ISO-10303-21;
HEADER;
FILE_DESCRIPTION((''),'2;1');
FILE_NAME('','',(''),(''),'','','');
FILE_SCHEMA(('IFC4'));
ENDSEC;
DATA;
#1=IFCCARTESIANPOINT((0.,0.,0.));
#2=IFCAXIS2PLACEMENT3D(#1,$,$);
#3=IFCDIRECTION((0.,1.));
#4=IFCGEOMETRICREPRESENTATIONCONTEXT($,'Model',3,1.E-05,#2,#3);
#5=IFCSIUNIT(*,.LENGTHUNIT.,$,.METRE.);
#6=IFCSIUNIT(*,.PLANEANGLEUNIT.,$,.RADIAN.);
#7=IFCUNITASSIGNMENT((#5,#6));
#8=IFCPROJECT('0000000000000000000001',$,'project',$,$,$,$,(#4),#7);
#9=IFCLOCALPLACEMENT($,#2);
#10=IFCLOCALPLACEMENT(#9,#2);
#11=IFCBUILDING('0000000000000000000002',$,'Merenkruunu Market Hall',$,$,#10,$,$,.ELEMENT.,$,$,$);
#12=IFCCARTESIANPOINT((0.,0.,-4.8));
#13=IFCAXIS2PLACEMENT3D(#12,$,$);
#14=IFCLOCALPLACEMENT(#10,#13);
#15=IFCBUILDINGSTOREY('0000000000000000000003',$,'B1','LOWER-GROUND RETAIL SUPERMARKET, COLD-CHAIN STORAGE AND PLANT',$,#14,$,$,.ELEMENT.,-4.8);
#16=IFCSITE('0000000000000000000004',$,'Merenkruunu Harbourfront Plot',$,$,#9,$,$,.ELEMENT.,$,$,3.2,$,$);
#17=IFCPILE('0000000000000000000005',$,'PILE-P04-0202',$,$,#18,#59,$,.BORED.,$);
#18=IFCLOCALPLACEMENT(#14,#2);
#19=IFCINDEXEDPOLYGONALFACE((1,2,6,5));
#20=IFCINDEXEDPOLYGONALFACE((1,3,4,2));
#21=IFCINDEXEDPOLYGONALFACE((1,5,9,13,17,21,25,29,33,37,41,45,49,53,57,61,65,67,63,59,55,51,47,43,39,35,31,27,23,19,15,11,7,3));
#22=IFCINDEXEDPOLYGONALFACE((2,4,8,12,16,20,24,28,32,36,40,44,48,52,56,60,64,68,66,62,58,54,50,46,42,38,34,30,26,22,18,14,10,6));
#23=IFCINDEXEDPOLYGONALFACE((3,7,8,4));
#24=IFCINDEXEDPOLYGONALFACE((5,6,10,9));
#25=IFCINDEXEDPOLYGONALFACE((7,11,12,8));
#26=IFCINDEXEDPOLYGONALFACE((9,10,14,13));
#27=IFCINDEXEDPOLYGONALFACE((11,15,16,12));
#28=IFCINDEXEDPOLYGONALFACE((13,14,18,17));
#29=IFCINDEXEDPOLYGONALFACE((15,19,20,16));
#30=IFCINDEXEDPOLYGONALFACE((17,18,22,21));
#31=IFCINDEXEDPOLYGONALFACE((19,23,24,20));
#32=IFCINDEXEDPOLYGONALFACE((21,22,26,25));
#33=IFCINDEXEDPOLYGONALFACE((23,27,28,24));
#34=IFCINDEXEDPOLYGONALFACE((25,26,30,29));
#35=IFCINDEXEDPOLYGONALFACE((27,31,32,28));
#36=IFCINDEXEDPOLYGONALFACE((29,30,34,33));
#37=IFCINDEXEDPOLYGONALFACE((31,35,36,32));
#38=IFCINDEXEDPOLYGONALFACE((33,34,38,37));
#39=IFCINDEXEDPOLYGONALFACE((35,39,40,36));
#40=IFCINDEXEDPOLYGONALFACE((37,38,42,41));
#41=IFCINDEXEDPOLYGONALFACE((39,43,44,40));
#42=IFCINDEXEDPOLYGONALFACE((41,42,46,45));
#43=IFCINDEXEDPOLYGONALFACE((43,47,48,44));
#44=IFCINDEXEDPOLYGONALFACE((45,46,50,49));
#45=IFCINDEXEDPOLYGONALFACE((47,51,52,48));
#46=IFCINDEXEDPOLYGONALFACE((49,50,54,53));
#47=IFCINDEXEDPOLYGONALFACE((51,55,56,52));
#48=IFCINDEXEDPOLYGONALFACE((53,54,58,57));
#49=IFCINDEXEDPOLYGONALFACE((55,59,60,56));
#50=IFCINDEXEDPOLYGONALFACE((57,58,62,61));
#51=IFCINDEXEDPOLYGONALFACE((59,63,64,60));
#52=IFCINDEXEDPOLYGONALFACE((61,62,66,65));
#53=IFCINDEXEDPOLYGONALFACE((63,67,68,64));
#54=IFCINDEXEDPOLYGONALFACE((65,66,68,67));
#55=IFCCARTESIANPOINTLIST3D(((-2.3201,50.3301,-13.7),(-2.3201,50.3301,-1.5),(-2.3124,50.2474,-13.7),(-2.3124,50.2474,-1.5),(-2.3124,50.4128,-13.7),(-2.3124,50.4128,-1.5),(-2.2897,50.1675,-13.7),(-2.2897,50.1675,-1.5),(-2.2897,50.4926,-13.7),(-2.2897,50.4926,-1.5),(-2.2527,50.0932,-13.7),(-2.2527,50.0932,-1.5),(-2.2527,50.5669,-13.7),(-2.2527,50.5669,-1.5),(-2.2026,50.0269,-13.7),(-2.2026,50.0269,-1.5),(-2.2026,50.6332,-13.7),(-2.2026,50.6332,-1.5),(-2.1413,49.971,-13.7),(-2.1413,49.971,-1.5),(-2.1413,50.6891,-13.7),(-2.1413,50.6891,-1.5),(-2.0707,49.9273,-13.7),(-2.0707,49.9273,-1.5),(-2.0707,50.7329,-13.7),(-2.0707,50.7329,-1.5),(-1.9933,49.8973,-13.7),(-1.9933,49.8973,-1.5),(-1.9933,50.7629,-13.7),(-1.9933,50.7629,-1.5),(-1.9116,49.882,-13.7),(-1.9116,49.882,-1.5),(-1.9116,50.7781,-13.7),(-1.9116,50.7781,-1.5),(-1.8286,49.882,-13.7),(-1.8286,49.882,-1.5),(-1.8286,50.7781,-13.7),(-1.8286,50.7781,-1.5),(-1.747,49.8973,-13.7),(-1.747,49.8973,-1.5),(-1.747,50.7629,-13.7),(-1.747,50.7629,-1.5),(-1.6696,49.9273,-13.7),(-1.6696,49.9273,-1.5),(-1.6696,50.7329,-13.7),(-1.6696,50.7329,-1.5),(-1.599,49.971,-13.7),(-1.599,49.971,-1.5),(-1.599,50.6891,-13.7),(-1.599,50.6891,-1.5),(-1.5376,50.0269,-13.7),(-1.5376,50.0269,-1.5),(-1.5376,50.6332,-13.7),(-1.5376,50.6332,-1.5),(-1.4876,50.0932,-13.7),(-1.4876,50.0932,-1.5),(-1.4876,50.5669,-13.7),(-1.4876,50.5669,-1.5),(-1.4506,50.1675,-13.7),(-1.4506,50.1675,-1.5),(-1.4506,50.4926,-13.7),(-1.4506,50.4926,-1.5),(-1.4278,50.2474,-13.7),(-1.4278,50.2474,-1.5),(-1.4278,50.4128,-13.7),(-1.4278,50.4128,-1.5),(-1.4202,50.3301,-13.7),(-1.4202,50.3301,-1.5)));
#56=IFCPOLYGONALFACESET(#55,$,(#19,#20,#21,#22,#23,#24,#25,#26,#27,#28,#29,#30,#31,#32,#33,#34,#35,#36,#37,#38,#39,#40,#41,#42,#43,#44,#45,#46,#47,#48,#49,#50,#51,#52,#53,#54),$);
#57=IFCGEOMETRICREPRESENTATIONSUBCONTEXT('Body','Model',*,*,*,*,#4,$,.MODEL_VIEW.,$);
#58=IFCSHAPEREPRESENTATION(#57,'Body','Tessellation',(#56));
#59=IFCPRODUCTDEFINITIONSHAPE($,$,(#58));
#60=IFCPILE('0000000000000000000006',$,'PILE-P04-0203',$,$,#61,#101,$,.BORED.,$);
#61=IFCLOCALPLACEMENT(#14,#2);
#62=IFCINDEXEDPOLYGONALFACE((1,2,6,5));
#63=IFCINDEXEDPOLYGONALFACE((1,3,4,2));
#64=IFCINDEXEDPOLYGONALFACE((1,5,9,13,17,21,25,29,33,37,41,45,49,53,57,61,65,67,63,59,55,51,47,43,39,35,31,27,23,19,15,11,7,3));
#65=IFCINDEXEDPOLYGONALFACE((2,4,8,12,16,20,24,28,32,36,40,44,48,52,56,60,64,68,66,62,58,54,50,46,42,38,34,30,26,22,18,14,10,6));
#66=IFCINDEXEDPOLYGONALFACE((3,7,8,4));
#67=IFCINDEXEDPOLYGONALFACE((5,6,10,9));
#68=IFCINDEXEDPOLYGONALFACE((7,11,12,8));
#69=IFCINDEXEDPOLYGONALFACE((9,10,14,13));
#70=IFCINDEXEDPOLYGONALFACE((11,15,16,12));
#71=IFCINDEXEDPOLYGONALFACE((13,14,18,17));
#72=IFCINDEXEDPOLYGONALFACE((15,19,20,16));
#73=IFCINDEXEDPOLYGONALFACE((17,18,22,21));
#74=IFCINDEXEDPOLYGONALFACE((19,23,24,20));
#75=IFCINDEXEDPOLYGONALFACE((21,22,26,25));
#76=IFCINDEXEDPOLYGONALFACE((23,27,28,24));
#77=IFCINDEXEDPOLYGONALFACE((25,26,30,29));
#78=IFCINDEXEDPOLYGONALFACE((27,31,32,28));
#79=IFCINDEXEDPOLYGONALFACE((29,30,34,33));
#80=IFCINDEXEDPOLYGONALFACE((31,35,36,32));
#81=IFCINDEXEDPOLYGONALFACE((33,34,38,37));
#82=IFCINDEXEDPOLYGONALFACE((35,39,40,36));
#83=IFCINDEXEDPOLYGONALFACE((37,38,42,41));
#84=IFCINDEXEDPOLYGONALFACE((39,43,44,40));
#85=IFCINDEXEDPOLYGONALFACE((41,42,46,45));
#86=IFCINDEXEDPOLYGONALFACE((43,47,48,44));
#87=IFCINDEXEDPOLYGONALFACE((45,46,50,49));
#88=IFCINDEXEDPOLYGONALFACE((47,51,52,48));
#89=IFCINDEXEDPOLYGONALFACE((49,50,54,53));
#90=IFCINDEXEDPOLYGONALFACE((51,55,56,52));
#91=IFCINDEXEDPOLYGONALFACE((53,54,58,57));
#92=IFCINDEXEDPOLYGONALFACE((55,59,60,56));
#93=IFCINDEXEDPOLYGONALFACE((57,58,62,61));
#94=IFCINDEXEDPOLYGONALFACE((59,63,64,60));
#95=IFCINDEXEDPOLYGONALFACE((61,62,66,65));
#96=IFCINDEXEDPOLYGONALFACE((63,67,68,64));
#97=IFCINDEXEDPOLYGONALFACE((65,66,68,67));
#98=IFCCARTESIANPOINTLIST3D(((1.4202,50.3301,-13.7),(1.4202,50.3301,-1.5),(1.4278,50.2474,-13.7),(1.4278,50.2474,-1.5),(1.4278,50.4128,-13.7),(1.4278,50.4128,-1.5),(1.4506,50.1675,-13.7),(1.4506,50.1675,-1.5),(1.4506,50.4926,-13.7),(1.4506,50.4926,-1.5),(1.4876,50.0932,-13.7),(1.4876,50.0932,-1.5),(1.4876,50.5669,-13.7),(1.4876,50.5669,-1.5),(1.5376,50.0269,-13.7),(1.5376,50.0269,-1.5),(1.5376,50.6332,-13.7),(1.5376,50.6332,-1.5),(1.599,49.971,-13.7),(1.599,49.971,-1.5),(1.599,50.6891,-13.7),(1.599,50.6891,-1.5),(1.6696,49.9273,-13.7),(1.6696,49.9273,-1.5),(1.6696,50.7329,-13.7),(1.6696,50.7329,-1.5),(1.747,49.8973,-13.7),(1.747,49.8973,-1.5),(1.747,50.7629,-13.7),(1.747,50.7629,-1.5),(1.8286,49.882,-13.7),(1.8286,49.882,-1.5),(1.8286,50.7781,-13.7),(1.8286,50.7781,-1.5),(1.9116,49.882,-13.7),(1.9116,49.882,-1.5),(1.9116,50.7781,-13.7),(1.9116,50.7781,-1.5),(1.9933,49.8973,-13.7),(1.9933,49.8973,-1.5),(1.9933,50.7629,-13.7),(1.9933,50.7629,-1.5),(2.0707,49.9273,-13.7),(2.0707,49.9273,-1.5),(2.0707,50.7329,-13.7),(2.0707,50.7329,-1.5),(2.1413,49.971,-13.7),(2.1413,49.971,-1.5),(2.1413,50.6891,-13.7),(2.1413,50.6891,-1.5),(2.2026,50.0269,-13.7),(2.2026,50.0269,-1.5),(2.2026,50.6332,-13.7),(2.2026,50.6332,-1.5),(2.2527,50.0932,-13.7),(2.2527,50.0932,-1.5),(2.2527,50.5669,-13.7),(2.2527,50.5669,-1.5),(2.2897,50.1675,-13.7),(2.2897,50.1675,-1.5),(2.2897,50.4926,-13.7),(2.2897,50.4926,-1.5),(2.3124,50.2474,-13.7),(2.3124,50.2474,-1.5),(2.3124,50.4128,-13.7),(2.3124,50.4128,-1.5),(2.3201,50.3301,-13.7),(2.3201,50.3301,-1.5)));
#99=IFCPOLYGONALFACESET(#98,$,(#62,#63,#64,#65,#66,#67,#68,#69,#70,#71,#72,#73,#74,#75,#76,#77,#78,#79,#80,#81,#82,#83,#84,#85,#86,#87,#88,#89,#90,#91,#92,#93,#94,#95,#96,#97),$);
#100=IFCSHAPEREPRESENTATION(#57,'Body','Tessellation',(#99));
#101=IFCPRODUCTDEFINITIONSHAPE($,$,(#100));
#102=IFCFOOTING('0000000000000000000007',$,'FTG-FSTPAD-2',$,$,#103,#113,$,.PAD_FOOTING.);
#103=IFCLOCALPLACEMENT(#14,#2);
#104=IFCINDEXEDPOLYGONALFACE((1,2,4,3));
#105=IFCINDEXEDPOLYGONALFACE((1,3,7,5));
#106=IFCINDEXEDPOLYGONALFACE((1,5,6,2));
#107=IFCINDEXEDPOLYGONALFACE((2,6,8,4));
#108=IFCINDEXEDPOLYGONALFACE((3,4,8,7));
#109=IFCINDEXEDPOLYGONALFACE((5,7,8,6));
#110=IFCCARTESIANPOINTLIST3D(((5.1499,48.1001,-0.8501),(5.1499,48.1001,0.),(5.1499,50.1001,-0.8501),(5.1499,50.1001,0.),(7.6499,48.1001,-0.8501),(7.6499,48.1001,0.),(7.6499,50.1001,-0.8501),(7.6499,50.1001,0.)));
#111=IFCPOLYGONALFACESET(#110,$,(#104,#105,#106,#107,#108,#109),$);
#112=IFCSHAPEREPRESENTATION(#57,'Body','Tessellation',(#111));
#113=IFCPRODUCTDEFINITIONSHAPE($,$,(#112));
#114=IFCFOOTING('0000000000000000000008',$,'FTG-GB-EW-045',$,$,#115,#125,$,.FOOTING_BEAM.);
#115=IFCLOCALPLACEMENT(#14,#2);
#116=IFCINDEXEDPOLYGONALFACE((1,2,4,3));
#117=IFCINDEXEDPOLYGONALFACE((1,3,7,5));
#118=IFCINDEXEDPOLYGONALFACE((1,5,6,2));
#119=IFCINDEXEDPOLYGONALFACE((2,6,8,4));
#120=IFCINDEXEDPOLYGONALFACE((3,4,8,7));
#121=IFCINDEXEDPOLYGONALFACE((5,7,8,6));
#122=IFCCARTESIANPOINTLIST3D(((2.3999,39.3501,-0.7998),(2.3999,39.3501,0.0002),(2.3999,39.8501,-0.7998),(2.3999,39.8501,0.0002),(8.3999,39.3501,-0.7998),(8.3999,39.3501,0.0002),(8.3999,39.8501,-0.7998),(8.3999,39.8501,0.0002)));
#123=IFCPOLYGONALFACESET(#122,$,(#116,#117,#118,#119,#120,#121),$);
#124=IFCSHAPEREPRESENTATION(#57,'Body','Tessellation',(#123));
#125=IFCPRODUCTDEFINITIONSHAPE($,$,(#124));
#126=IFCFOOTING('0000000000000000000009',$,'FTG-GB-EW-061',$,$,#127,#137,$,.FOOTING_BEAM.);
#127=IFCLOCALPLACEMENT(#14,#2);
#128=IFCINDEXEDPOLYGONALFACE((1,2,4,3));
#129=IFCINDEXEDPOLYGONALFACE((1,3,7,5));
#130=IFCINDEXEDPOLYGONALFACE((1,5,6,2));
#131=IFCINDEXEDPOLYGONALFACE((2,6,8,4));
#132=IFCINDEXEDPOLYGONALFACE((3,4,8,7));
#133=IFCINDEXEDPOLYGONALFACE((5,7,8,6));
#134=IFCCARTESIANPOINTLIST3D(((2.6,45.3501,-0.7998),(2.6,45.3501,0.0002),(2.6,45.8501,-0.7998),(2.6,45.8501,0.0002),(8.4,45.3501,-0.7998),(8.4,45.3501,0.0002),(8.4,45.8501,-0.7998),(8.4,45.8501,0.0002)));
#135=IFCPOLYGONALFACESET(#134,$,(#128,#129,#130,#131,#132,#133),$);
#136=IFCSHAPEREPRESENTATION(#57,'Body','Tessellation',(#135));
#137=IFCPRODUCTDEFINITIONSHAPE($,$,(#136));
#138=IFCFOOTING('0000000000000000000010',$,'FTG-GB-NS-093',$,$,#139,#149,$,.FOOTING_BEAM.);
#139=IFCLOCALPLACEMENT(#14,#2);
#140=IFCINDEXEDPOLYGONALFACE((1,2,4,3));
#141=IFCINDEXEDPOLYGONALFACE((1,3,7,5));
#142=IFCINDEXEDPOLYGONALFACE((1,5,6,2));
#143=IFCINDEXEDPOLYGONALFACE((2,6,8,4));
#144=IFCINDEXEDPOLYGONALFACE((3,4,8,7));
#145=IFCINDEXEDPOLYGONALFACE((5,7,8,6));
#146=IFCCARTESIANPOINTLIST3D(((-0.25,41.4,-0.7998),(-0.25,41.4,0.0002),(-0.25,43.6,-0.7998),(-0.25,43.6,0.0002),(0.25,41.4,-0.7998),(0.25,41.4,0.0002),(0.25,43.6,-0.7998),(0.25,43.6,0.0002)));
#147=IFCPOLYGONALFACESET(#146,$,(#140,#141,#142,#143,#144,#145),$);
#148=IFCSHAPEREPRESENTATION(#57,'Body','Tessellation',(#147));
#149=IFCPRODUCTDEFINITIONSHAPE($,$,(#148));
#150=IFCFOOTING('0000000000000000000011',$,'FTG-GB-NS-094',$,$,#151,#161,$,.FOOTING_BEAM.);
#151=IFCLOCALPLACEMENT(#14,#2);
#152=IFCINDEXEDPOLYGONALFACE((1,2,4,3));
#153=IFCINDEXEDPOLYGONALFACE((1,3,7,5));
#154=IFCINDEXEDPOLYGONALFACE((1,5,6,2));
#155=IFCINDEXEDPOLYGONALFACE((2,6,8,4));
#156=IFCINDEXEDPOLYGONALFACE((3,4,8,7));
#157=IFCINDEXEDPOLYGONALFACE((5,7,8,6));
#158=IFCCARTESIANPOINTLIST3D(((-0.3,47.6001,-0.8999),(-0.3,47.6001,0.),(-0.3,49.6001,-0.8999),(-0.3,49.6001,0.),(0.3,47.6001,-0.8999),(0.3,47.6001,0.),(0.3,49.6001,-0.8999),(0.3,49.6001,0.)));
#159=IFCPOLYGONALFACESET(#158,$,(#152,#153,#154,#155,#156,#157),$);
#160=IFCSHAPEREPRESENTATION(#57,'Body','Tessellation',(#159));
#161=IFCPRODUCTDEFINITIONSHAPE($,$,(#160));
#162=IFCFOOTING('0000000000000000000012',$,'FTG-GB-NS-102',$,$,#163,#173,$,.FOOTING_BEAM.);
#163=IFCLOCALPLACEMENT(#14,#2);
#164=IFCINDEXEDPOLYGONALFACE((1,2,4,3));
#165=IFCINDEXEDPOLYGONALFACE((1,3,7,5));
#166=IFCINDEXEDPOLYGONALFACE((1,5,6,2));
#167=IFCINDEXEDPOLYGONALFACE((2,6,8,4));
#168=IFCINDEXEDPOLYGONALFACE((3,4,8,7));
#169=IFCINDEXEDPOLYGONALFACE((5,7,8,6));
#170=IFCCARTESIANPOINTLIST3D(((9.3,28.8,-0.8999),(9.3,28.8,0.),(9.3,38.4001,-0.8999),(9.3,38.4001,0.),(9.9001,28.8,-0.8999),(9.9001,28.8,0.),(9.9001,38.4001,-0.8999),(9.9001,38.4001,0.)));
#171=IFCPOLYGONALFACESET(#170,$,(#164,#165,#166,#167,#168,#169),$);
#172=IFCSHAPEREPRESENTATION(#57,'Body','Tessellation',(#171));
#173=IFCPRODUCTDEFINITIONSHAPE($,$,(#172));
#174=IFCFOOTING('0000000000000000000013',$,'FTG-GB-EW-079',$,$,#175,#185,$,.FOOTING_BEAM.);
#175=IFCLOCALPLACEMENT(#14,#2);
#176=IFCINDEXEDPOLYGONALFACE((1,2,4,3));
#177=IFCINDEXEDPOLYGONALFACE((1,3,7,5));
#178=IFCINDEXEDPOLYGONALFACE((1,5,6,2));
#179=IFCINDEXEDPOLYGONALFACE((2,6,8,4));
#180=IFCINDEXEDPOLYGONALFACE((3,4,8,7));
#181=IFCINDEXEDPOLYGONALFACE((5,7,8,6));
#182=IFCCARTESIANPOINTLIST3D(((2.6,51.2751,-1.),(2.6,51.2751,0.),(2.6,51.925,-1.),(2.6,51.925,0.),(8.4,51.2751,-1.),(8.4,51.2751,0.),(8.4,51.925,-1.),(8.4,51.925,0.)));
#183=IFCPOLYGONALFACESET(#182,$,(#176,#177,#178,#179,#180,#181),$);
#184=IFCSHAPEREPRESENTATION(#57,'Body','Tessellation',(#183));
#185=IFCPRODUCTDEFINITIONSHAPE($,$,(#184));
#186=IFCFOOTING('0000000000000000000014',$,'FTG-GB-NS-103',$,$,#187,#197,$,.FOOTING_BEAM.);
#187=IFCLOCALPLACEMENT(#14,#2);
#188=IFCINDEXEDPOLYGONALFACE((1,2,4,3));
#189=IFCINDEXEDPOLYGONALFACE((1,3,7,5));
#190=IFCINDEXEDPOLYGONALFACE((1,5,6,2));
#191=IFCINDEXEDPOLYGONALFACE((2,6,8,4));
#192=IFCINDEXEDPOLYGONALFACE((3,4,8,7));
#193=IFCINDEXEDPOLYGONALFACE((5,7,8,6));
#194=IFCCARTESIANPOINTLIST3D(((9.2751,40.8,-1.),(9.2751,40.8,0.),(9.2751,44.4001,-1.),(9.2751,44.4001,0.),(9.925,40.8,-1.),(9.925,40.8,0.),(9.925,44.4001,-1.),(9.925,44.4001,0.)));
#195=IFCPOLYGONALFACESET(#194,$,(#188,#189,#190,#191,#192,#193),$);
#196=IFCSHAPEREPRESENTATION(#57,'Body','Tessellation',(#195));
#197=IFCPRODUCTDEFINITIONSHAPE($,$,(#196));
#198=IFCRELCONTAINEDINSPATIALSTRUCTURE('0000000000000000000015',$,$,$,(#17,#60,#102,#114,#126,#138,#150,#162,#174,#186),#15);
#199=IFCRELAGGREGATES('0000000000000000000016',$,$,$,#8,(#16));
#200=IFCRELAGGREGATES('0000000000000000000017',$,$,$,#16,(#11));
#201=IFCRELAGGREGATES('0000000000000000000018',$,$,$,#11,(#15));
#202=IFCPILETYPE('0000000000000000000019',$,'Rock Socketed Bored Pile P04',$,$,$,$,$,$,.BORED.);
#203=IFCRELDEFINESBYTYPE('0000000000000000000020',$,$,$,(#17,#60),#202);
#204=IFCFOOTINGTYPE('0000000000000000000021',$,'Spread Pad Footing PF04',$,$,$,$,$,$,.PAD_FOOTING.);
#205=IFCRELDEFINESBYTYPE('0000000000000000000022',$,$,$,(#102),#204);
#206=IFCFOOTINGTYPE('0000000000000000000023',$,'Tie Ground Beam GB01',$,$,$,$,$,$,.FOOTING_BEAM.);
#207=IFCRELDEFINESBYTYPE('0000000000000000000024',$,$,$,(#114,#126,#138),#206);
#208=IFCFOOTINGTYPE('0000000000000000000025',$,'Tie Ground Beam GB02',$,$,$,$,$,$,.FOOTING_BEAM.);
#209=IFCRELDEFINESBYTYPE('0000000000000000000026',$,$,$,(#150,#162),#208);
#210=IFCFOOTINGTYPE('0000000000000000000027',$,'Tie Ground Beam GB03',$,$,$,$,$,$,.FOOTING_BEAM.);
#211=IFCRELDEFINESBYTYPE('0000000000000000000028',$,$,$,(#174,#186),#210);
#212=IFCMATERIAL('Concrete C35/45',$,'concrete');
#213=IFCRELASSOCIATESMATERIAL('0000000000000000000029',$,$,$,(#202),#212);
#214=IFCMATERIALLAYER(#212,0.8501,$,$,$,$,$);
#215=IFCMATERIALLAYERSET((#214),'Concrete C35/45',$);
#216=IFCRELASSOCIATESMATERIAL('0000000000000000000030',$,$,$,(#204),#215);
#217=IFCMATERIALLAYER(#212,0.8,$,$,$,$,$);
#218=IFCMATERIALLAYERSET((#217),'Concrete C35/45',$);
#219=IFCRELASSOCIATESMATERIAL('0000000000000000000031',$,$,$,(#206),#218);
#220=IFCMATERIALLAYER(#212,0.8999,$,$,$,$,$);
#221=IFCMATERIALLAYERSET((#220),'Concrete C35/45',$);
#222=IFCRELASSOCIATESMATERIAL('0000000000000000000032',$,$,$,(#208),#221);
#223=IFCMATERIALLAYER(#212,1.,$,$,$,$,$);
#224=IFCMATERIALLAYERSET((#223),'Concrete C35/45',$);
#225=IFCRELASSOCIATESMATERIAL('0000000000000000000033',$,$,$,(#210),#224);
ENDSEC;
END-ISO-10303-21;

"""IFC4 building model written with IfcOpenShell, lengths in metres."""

from ifc_helpers import new_model, si_unit, direction, frame, origin, origin_2d, place, context, subcontext, project, spatial, rectangle, circle, extrude, material, layer, layer_set, material_profile, profile_set, type_object, element, save


model = new_model("IFC4")

# Units and contexts
model_context = context("Model", 3, precision=1e-05, world=origin(), true_north=direction((0.0, 1.0)))
body_context = subcontext(model_context, "Body", "Model", "MODEL_VIEW")
ifc_project = project(units=[si_unit("LENGTHUNIT", "METRE"), si_unit("PLANEANGLEUNIT", "RADIAN")], contexts=[model_context])

# Site, building, storey
site_placement = place(None, origin())
site = spatial("IfcSite", under=ifc_project, at=site_placement, Name="Merenkruunu Harbourfront Plot", CompositionType="ELEMENT", RefElevation=3.2)
building_placement = place(site_placement, origin())
building = spatial("IfcBuilding", under=site, at=building_placement, Name="Merenkruunu Market Hall", CompositionType="ELEMENT")
storey_placement = place(building_placement, frame((0.0, 0.0, -4.8)))
storey = spatial("IfcBuildingStorey", under=building, at=storey_placement, Name="B1", Description="LOWER-GROUND RETAIL SUPERMARKET, COLD-CHAIN STORAGE AND PLANT", CompositionType="ELEMENT", Elevation=-4.8)

# Shared definitions
ifc_material_1 = material(Name="Concrete C35/45", Category="concrete")

# Piles
ifc_material_profile_1 = material_profile(ifc_material_1, circle(Radius=0.45, at=origin_2d()), Name="BORED PILE 900")
ifc_profile_set_1 = profile_set([ifc_material_profile_1], Name="Concrete C35/45")
pile_type_1 = type_object("IfcPileType", Name="Rock Socketed Bored Pile P04", PredefinedType="BORED", material=ifc_profile_set_1)
for number, where, z_axis, x_axis, name in (
    (1, (-1.8701, 50.3301, -1.5), (0.0, 0.0, -1.0), (1.0, 0.0, 0.0), "PILE-P04-0202"),
    (2, (1.8701, 50.3301, -1.5), (0.0, 0.0, -1.0), (1.0, 0.0, 0.0), "PILE-P04-0203"),
):
    element("IfcPile", number, at=place(storey_placement, frame(where, z_axis=z_axis, x_axis=x_axis)), inside=storey, type_object=pile_type_1, Name=name, PredefinedType="BORED", context=body_context, shape_type="SweptSolid", body=[
        extrude(circle(Radius=0.45, at=origin_2d()), origin(), (0.0, 0.0, 1.0), 12.2),
    ])

# Footings
ifc_layer_1 = layer(ifc_material_1, 0.8501)
ifc_layer_set_1 = layer_set([ifc_layer_1], Name="Concrete C35/45")
footing_type_1 = type_object("IfcFootingType", Name="Spread Pad Footing PF04", PredefinedType="PAD_FOOTING", material=ifc_layer_set_1)
footing_1_placement = place(storey_placement, frame((6.3999, 49.1001, -0.8501), z_axis=(0.0, 0.0, 1.0), x_axis=(1.0, 0.0, 0.0)))
element("IfcFooting", 3, at=footing_1_placement, inside=storey, type_object=footing_type_1, Name="FTG-FSTPAD-2", PredefinedType="PAD_FOOTING", context=body_context, shape_type="SweptSolid", body=[
    extrude(rectangle(XDim=2.5, YDim=2.0, at=origin_2d()), origin(), (0.0, 0.0, 1.0), 0.8501),
])
ifc_layer_2 = layer(ifc_material_1, 0.8)
ifc_layer_set_2 = layer_set([ifc_layer_2], Name="Concrete C35/45")
footing_type_2 = type_object("IfcFootingType", Name="Tie Ground Beam GB01", PredefinedType="FOOTING_BEAM", material=ifc_layer_set_2)
footing_2_placement = place(storey_placement, frame((5.3999, 39.6001, -0.7998), z_axis=(0.0, 0.0, 1.0), x_axis=(1.0, 0.0, 0.0)))
element("IfcFooting", 4, at=footing_2_placement, inside=storey, type_object=footing_type_2, Name="FTG-GB-EW-045", PredefinedType="FOOTING_BEAM", context=body_context, shape_type="SweptSolid", body=[
    extrude(rectangle(XDim=6.0, YDim=0.5, at=origin_2d()), origin(), (0.0, 0.0, 1.0), 0.8),
])
footing_3_placement = place(storey_placement, frame((5.5, 45.6001, -0.7998), z_axis=(0.0, 0.0, 1.0), x_axis=(1.0, 0.0, 0.0)))
element("IfcFooting", 5, at=footing_3_placement, inside=storey, type_object=footing_type_2, Name="FTG-GB-EW-061", PredefinedType="FOOTING_BEAM", context=body_context, shape_type="SweptSolid", body=[
    extrude(rectangle(XDim=5.8, YDim=0.5, at=origin_2d()), origin(), (0.0, 0.0, 1.0), 0.8),
])
footing_4_placement = place(storey_placement, frame((0.0, 42.5, -0.7998), z_axis=(0.0, 0.0, 1.0), x_axis=(0.0, 1.0, 0.0)))
element("IfcFooting", 6, at=footing_4_placement, inside=storey, type_object=footing_type_2, Name="FTG-GB-NS-093", PredefinedType="FOOTING_BEAM", context=body_context, shape_type="SweptSolid", body=[
    extrude(rectangle(XDim=2.2, YDim=0.5, at=origin_2d()), origin(), (0.0, 0.0, 1.0), 0.8),
])
ifc_layer_3 = layer(ifc_material_1, 0.8999)
ifc_layer_set_3 = layer_set([ifc_layer_3], Name="Concrete C35/45")
footing_type_3 = type_object("IfcFootingType", Name="Tie Ground Beam GB02", PredefinedType="FOOTING_BEAM", material=ifc_layer_set_3)
footing_5_placement = place(storey_placement, frame((0.0, 48.6001, -0.8999), z_axis=(0.0, 0.0, 1.0), x_axis=(0.0, 1.0, 0.0)))
element("IfcFooting", 7, at=footing_5_placement, inside=storey, type_object=footing_type_3, Name="FTG-GB-NS-094", PredefinedType="FOOTING_BEAM", context=body_context, shape_type="SweptSolid", body=[
    extrude(rectangle(XDim=2.0, YDim=0.6001, at=origin_2d()), origin(), (0.0, 0.0, 1.0), 0.8999),
])
footing_6_placement = place(storey_placement, frame((9.6001, 33.6001, -0.8999), z_axis=(0.0, 0.0, 1.0), x_axis=(0.0, 1.0, 0.0)))
element("IfcFooting", 8, at=footing_6_placement, inside=storey, type_object=footing_type_3, Name="FTG-GB-NS-102", PredefinedType="FOOTING_BEAM", context=body_context, shape_type="SweptSolid", body=[
    extrude(rectangle(XDim=9.6001, YDim=0.6001, at=origin_2d()), origin(), (0.0, 0.0, 1.0), 0.8999),
])
ifc_layer_4 = layer(ifc_material_1, 1.0)
ifc_layer_set_4 = layer_set([ifc_layer_4], Name="Concrete C35/45")
footing_type_4 = type_object("IfcFootingType", Name="Tie Ground Beam GB03", PredefinedType="FOOTING_BEAM", material=ifc_layer_set_4)
footing_7_placement = place(storey_placement, frame((5.5, 51.6001, -1.0), z_axis=(0.0, 0.0, 1.0), x_axis=(1.0, 0.0, 0.0)))
element("IfcFooting", 9, at=footing_7_placement, inside=storey, type_object=footing_type_4, Name="FTG-GB-EW-079", PredefinedType="FOOTING_BEAM", context=body_context, shape_type="SweptSolid", body=[
    extrude(rectangle(XDim=5.8, YDim=0.6499, at=origin_2d()), origin(), (0.0, 0.0, 1.0), 1.0),
])
footing_8_placement = place(storey_placement, frame((9.6001, 42.6001, -1.0), z_axis=(0.0, 0.0, 1.0), x_axis=(0.0, 1.0, 0.0)))
element("IfcFooting", 10, at=footing_8_placement, inside=storey, type_object=footing_type_4, Name="FTG-GB-NS-103", PredefinedType="FOOTING_BEAM", context=body_context, shape_type="SweptSolid", body=[
    extrude(rectangle(XDim=3.6001, YDim=0.6499, at=origin_2d()), origin(), (0.0, 0.0, 1.0), 1.0),
])

save(model, "model.ifc")
